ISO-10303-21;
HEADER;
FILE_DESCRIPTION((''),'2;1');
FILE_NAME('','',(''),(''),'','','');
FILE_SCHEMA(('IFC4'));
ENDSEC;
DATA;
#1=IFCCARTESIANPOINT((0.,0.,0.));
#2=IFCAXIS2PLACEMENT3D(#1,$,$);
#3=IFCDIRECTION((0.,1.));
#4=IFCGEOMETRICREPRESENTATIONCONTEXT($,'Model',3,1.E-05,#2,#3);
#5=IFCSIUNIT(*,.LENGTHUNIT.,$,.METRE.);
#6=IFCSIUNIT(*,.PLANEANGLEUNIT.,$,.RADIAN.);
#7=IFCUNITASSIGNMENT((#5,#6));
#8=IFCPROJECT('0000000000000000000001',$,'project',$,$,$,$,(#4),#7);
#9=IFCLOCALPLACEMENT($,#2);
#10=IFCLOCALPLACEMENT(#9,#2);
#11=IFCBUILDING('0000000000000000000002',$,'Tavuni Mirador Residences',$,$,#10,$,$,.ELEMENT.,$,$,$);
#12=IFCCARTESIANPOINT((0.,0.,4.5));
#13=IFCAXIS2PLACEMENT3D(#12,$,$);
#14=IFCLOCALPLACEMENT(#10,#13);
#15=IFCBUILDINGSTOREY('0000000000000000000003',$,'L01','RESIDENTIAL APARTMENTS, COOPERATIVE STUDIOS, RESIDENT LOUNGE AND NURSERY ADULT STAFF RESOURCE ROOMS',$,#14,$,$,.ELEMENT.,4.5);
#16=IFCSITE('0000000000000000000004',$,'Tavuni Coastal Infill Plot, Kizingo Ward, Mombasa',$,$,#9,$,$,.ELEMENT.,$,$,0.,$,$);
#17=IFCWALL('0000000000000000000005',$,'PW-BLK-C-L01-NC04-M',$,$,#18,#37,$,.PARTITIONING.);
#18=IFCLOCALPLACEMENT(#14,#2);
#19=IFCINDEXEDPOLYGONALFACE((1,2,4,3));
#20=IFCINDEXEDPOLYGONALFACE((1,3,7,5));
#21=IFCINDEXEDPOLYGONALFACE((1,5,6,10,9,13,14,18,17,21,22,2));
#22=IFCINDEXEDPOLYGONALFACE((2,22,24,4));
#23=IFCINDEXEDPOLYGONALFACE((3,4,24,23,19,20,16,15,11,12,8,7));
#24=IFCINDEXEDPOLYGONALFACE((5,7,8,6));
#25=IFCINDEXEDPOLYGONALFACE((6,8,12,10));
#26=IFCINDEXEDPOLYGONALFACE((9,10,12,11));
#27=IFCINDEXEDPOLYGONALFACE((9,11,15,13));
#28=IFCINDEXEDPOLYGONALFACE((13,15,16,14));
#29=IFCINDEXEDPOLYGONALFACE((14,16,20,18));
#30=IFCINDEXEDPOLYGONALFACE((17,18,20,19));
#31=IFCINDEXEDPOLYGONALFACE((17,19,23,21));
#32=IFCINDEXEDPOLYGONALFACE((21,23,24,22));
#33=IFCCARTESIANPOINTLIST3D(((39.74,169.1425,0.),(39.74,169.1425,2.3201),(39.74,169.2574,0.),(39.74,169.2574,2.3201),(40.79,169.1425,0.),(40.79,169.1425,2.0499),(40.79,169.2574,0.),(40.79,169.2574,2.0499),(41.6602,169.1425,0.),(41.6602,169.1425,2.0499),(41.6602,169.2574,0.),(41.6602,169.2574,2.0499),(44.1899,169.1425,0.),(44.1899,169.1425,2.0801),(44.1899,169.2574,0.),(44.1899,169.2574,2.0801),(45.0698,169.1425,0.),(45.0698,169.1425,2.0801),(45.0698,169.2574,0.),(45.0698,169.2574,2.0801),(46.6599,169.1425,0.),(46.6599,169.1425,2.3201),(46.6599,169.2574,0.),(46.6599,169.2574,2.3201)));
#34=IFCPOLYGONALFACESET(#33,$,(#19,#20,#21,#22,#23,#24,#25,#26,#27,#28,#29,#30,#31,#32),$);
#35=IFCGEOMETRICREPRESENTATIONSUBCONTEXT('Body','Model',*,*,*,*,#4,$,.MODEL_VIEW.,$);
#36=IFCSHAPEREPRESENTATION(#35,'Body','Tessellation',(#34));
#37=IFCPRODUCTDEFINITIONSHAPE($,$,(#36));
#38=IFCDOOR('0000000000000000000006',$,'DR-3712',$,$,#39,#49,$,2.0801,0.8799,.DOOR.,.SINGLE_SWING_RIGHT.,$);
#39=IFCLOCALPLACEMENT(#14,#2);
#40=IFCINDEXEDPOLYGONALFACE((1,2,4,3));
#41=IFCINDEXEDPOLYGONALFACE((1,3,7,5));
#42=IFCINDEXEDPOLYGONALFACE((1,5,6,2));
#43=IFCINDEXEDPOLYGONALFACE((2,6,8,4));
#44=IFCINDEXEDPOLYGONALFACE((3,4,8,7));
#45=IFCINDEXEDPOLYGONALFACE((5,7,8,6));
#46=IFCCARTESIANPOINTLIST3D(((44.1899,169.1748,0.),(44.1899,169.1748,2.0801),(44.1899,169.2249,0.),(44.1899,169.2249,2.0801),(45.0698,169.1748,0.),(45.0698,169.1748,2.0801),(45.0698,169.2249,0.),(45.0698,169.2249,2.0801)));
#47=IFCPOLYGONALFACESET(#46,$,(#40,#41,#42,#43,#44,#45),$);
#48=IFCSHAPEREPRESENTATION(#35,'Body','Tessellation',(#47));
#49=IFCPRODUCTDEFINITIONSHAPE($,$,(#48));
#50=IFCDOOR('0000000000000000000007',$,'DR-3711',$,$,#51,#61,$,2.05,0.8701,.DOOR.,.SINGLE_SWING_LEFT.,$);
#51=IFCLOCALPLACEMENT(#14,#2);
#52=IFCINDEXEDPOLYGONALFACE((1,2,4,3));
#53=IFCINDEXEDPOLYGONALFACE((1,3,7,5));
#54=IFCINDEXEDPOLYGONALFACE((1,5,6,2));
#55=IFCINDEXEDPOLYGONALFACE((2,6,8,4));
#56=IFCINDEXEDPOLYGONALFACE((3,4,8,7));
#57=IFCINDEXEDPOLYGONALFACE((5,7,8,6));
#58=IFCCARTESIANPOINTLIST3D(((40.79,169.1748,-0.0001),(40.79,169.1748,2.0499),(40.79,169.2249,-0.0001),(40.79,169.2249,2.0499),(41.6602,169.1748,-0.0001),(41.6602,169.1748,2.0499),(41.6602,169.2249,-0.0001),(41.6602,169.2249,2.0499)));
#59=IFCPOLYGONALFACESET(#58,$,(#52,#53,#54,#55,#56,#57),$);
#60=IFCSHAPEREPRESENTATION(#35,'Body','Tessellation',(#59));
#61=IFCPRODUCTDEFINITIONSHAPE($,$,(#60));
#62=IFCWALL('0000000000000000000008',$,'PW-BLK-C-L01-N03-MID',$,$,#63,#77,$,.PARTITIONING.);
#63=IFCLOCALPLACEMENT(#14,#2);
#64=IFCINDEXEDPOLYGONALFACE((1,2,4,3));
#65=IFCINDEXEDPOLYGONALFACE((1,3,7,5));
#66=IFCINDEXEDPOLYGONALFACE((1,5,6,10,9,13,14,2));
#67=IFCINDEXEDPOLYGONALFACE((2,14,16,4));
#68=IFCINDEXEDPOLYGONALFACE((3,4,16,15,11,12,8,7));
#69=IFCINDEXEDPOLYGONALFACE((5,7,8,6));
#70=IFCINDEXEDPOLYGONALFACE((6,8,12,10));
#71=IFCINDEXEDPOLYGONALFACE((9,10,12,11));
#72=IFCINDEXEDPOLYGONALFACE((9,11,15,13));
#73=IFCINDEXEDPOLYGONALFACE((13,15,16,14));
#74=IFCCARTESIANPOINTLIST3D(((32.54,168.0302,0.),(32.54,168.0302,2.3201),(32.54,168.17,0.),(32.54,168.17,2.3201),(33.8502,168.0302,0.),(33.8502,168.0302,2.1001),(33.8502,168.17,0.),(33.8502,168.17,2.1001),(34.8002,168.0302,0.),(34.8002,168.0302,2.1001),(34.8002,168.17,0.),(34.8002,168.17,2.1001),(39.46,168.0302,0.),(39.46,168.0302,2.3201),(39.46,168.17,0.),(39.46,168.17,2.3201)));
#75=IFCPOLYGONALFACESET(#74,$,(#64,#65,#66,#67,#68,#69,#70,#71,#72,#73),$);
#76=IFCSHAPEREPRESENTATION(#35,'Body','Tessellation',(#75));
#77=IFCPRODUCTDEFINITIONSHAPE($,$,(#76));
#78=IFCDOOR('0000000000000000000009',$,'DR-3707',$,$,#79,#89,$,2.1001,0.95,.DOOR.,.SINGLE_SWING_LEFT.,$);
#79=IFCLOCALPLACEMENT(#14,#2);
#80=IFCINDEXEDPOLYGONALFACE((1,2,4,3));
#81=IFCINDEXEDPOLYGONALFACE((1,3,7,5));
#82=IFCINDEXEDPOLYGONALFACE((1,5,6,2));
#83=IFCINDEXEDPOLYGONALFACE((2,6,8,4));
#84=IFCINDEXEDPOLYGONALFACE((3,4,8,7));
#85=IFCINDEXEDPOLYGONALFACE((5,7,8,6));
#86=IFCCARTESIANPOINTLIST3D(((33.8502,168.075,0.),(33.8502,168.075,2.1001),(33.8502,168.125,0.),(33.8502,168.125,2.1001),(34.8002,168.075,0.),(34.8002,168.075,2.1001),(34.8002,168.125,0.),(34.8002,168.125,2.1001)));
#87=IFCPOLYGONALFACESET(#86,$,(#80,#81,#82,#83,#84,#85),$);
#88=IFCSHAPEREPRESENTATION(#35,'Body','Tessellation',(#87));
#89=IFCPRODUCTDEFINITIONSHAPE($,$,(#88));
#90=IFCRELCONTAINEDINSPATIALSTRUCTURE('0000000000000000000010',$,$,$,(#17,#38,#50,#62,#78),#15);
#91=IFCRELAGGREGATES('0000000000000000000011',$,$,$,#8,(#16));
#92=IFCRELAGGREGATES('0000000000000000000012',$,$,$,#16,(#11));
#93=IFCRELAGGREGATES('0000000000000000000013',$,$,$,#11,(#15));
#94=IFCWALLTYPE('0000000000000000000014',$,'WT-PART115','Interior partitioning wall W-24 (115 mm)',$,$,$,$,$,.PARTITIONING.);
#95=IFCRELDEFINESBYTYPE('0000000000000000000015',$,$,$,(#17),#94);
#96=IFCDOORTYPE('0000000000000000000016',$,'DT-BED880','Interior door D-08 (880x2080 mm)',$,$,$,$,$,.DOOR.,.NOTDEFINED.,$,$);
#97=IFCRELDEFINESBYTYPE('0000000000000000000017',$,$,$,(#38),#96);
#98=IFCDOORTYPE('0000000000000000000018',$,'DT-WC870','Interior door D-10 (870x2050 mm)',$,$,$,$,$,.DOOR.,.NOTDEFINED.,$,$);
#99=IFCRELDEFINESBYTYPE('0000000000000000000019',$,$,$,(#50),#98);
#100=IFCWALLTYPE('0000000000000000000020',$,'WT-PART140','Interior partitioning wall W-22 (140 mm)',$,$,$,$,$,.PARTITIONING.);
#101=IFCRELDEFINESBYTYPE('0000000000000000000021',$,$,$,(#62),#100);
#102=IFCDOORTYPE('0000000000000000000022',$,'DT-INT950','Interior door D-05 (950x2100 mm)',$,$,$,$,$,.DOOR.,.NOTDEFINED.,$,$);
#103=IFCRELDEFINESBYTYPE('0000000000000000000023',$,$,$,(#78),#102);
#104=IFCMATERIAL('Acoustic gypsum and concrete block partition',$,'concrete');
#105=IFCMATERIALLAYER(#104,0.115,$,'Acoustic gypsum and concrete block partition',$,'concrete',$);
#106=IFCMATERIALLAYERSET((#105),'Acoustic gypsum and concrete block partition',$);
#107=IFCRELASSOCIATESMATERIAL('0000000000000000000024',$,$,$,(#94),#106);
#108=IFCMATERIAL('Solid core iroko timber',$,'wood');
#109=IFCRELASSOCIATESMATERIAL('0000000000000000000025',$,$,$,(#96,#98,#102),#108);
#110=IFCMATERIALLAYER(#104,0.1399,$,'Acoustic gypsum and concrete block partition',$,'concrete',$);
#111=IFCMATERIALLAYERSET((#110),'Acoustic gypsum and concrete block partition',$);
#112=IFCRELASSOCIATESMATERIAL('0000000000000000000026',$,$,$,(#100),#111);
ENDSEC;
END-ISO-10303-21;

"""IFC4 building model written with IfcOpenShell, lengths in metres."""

from ifc_helpers import new_model, si_unit, direction, frame, frame_2d, origin, place, context, subcontext, project, spatial, rectangle, extrude, material, layer, layer_set, type_object, element, fill, save


model = new_model("IFC4")

# Units and contexts
model_context = context("Model", 3, precision=1e-05, world=origin(), true_north=direction((0.0, 1.0)))
body_context = subcontext(model_context, "Body", "Model", "MODEL_VIEW")
ifc_project = project(units=[si_unit("LENGTHUNIT", "METRE"), si_unit("PLANEANGLEUNIT", "RADIAN")], contexts=[model_context])

# Site, building, storey
site_placement = place(None, origin())
site = spatial("IfcSite", under=ifc_project, at=site_placement, Name="Tavuni Coastal Infill Plot, Kizingo Ward, Mombasa", CompositionType="ELEMENT", RefElevation=0.0)
building_placement = place(site_placement, origin())
building = spatial("IfcBuilding", under=site, at=building_placement, Name="Tavuni Mirador Residences", CompositionType="ELEMENT")
storey_placement = place(building_placement, frame((0.0, 0.0, 4.5)))
storey = spatial("IfcBuildingStorey", under=building, at=storey_placement, Name="L01", Description="RESIDENTIAL APARTMENTS, COOPERATIVE STUDIOS, RESIDENT LOUNGE AND NURSERY ADULT STAFF RESOURCE ROOMS", CompositionType="ELEMENT", Elevation=4.5)

# Shared definitions
ifc_material_1 = material(Name="Solid core iroko timber", Category="wood")

# Shared definitions
ifc_material_2 = material(Name="Acoustic gypsum and concrete block partition", Category="concrete")

# Shared definitions
ifc_layer_1 = layer(ifc_material_2, 0.115, Name="Acoustic gypsum and concrete block partition", Category="concrete")
ifc_layer_set_1 = layer_set([ifc_layer_1], Name="Acoustic gypsum and concrete block partition")
wall_type_1 = type_object("IfcWallType", Name="WT-PART115", Description="Interior partitioning wall W-24 (115 mm)", PredefinedType="PARTITIONING", material=ifc_layer_set_1)

# Wall, openings, doors
wall_1_placement = place(storey_placement, frame((39.74, 169.2, 0.0), z_axis=(0.0, 0.0, 1.0), x_axis=(1.0, 0.0, 0.0)))
wall_1 = element("IfcWall", 1, at=wall_1_placement, inside=storey, type_object=wall_type_1, Name="PW-BLK-C-L01-NC04-M", PredefinedType="PARTITIONING", context=body_context, shape_type="SweptSolid", body=[
    extrude(rectangle(XDim=6.9199, YDim=0.115, at=frame_2d((3.46, 0.0))), origin(), (0.0, 0.0, 1.0), 2.3201),
])
opening_1_placement = place(wall_1_placement, frame((1.05, 0.0, 0.0)))
opening_1 = element("IfcOpeningElement", 2, at=opening_1_placement, cuts=wall_1, PredefinedType="OPENING", context=body_context, shape_type="SweptSolid", body=[
    extrude(rectangle(XDim=0.8701, YDim=2.05, at=frame_2d((0.4351, 1.0249))), frame((0.0, 0.0674, 0.0), z_axis=(0.0, -1.0, 0.0), x_axis=(1.0, 0.0, 0.0)), (0.0, 0.0, 1.0), 0.135),
])
opening_2_placement = place(wall_1_placement, frame((4.45, 0.0, 0.0)))
opening_2 = element("IfcOpeningElement", 3, at=opening_2_placement, cuts=wall_1, PredefinedType="OPENING", context=body_context, shape_type="SweptSolid", body=[
    extrude(rectangle(XDim=0.8799, YDim=2.0801, at=frame_2d((0.4399, 1.04))), frame((0.0, 0.0674, 0.0), z_axis=(0.0, -1.0, 0.0), x_axis=(1.0, 0.0, 0.0)), (0.0, 0.0, 1.0), 0.135),
])
door_type_1 = type_object("IfcDoorType", Name="DT-BED880", Description="Interior door D-08 (880x2080 mm)", OperationType="NOTDEFINED", PredefinedType="DOOR", material=ifc_material_1)
door_1_placement = place(opening_2_placement, origin())
door_1 = element("IfcDoor", 4, at=door_1_placement, inside=storey, type_object=door_type_1, Name="DR-3712", OperationType="SINGLE_SWING_RIGHT", OverallHeight=2.0801, OverallWidth=0.8799, PredefinedType="DOOR", context=body_context, shape_type="SweptSolid", body=[
    extrude(rectangle(XDim=0.8799, YDim=2.0801, at=frame_2d((0.4399, 1.04))), frame((0.0, 0.0249, 0.0), z_axis=(0.0, -1.0, 0.0), x_axis=(1.0, 0.0, 0.0)), (0.0, 0.0, 1.0), 0.05),
])
fill(opening_2, door_1)
door_type_2 = type_object("IfcDoorType", Name="DT-WC870", Description="Interior door D-10 (870x2050 mm)", OperationType="NOTDEFINED", PredefinedType="DOOR", material=ifc_material_1)
door_2_placement = place(opening_1_placement, origin())
door_2 = element("IfcDoor", 5, at=door_2_placement, inside=storey, type_object=door_type_2, Name="DR-3711", OperationType="SINGLE_SWING_LEFT", OverallHeight=2.05, OverallWidth=0.8701, PredefinedType="DOOR", context=body_context, shape_type="SweptSolid", body=[
    extrude(rectangle(XDim=0.8701, YDim=2.05, at=frame_2d((0.4351, 1.0249))), frame((0.0, 0.0249, 0.0), z_axis=(0.0, -1.0, 0.0), x_axis=(1.0, 0.0, 0.0)), (0.0, 0.0, 1.0), 0.05),
])
fill(opening_1, door_2)

# Wall, opening, door
ifc_layer_2 = layer(ifc_material_2, 0.1399, Name="Acoustic gypsum and concrete block partition", Category="concrete")
ifc_layer_set_2 = layer_set([ifc_layer_2], Name="Acoustic gypsum and concrete block partition")
wall_type_2 = type_object("IfcWallType", Name="WT-PART140", Description="Interior partitioning wall W-22 (140 mm)", PredefinedType="PARTITIONING", material=ifc_layer_set_2)
wall_2_placement = place(storey_placement, frame((32.54, 168.1001, 0.0), z_axis=(0.0, 0.0, 1.0), x_axis=(1.0, 0.0, 0.0)))
wall_2 = element("IfcWall", 6, at=wall_2_placement, inside=storey, type_object=wall_type_2, Name="PW-BLK-C-L01-N03-MID", PredefinedType="PARTITIONING", context=body_context, shape_type="SweptSolid", body=[
    extrude(rectangle(XDim=6.9199, YDim=0.1399, at=frame_2d((3.46, 0.0))), origin(), (0.0, 0.0, 1.0), 2.3201),
])
opening_3_placement = place(wall_2_placement, frame((1.3101, 0.0, 0.0)))
opening_3 = element("IfcOpeningElement", 7, at=opening_3_placement, cuts=wall_2, PredefinedType="OPENING", context=body_context, shape_type="SweptSolid", body=[
    extrude(rectangle(XDim=0.95, YDim=2.1001, at=frame_2d((0.4751, 1.05))), frame((0.0, 0.0801, 0.0), z_axis=(0.0, -1.0, 0.0), x_axis=(1.0, 0.0, 0.0)), (0.0, 0.0, 1.0), 0.1599),
])
door_type_3 = type_object("IfcDoorType", Name="DT-INT950", Description="Interior door D-05 (950x2100 mm)", OperationType="NOTDEFINED", PredefinedType="DOOR", material=ifc_material_1)
door_3_placement = place(opening_3_placement, origin())
door_3 = element("IfcDoor", 8, at=door_3_placement, inside=storey, type_object=door_type_3, Name="DR-3707", OperationType="SINGLE_SWING_LEFT", OverallHeight=2.1001, OverallWidth=0.95, PredefinedType="DOOR", context=body_context, shape_type="SweptSolid", body=[
    extrude(rectangle(XDim=0.95, YDim=2.1001, at=frame_2d((0.4751, 1.05))), frame((0.0, 0.0249, 0.0), z_axis=(0.0, -1.0, 0.0), x_axis=(1.0, 0.0, 0.0)), (0.0, 0.0, 1.0), 0.05),
])
fill(opening_3, door_3)

save(model, "model.ifc")
